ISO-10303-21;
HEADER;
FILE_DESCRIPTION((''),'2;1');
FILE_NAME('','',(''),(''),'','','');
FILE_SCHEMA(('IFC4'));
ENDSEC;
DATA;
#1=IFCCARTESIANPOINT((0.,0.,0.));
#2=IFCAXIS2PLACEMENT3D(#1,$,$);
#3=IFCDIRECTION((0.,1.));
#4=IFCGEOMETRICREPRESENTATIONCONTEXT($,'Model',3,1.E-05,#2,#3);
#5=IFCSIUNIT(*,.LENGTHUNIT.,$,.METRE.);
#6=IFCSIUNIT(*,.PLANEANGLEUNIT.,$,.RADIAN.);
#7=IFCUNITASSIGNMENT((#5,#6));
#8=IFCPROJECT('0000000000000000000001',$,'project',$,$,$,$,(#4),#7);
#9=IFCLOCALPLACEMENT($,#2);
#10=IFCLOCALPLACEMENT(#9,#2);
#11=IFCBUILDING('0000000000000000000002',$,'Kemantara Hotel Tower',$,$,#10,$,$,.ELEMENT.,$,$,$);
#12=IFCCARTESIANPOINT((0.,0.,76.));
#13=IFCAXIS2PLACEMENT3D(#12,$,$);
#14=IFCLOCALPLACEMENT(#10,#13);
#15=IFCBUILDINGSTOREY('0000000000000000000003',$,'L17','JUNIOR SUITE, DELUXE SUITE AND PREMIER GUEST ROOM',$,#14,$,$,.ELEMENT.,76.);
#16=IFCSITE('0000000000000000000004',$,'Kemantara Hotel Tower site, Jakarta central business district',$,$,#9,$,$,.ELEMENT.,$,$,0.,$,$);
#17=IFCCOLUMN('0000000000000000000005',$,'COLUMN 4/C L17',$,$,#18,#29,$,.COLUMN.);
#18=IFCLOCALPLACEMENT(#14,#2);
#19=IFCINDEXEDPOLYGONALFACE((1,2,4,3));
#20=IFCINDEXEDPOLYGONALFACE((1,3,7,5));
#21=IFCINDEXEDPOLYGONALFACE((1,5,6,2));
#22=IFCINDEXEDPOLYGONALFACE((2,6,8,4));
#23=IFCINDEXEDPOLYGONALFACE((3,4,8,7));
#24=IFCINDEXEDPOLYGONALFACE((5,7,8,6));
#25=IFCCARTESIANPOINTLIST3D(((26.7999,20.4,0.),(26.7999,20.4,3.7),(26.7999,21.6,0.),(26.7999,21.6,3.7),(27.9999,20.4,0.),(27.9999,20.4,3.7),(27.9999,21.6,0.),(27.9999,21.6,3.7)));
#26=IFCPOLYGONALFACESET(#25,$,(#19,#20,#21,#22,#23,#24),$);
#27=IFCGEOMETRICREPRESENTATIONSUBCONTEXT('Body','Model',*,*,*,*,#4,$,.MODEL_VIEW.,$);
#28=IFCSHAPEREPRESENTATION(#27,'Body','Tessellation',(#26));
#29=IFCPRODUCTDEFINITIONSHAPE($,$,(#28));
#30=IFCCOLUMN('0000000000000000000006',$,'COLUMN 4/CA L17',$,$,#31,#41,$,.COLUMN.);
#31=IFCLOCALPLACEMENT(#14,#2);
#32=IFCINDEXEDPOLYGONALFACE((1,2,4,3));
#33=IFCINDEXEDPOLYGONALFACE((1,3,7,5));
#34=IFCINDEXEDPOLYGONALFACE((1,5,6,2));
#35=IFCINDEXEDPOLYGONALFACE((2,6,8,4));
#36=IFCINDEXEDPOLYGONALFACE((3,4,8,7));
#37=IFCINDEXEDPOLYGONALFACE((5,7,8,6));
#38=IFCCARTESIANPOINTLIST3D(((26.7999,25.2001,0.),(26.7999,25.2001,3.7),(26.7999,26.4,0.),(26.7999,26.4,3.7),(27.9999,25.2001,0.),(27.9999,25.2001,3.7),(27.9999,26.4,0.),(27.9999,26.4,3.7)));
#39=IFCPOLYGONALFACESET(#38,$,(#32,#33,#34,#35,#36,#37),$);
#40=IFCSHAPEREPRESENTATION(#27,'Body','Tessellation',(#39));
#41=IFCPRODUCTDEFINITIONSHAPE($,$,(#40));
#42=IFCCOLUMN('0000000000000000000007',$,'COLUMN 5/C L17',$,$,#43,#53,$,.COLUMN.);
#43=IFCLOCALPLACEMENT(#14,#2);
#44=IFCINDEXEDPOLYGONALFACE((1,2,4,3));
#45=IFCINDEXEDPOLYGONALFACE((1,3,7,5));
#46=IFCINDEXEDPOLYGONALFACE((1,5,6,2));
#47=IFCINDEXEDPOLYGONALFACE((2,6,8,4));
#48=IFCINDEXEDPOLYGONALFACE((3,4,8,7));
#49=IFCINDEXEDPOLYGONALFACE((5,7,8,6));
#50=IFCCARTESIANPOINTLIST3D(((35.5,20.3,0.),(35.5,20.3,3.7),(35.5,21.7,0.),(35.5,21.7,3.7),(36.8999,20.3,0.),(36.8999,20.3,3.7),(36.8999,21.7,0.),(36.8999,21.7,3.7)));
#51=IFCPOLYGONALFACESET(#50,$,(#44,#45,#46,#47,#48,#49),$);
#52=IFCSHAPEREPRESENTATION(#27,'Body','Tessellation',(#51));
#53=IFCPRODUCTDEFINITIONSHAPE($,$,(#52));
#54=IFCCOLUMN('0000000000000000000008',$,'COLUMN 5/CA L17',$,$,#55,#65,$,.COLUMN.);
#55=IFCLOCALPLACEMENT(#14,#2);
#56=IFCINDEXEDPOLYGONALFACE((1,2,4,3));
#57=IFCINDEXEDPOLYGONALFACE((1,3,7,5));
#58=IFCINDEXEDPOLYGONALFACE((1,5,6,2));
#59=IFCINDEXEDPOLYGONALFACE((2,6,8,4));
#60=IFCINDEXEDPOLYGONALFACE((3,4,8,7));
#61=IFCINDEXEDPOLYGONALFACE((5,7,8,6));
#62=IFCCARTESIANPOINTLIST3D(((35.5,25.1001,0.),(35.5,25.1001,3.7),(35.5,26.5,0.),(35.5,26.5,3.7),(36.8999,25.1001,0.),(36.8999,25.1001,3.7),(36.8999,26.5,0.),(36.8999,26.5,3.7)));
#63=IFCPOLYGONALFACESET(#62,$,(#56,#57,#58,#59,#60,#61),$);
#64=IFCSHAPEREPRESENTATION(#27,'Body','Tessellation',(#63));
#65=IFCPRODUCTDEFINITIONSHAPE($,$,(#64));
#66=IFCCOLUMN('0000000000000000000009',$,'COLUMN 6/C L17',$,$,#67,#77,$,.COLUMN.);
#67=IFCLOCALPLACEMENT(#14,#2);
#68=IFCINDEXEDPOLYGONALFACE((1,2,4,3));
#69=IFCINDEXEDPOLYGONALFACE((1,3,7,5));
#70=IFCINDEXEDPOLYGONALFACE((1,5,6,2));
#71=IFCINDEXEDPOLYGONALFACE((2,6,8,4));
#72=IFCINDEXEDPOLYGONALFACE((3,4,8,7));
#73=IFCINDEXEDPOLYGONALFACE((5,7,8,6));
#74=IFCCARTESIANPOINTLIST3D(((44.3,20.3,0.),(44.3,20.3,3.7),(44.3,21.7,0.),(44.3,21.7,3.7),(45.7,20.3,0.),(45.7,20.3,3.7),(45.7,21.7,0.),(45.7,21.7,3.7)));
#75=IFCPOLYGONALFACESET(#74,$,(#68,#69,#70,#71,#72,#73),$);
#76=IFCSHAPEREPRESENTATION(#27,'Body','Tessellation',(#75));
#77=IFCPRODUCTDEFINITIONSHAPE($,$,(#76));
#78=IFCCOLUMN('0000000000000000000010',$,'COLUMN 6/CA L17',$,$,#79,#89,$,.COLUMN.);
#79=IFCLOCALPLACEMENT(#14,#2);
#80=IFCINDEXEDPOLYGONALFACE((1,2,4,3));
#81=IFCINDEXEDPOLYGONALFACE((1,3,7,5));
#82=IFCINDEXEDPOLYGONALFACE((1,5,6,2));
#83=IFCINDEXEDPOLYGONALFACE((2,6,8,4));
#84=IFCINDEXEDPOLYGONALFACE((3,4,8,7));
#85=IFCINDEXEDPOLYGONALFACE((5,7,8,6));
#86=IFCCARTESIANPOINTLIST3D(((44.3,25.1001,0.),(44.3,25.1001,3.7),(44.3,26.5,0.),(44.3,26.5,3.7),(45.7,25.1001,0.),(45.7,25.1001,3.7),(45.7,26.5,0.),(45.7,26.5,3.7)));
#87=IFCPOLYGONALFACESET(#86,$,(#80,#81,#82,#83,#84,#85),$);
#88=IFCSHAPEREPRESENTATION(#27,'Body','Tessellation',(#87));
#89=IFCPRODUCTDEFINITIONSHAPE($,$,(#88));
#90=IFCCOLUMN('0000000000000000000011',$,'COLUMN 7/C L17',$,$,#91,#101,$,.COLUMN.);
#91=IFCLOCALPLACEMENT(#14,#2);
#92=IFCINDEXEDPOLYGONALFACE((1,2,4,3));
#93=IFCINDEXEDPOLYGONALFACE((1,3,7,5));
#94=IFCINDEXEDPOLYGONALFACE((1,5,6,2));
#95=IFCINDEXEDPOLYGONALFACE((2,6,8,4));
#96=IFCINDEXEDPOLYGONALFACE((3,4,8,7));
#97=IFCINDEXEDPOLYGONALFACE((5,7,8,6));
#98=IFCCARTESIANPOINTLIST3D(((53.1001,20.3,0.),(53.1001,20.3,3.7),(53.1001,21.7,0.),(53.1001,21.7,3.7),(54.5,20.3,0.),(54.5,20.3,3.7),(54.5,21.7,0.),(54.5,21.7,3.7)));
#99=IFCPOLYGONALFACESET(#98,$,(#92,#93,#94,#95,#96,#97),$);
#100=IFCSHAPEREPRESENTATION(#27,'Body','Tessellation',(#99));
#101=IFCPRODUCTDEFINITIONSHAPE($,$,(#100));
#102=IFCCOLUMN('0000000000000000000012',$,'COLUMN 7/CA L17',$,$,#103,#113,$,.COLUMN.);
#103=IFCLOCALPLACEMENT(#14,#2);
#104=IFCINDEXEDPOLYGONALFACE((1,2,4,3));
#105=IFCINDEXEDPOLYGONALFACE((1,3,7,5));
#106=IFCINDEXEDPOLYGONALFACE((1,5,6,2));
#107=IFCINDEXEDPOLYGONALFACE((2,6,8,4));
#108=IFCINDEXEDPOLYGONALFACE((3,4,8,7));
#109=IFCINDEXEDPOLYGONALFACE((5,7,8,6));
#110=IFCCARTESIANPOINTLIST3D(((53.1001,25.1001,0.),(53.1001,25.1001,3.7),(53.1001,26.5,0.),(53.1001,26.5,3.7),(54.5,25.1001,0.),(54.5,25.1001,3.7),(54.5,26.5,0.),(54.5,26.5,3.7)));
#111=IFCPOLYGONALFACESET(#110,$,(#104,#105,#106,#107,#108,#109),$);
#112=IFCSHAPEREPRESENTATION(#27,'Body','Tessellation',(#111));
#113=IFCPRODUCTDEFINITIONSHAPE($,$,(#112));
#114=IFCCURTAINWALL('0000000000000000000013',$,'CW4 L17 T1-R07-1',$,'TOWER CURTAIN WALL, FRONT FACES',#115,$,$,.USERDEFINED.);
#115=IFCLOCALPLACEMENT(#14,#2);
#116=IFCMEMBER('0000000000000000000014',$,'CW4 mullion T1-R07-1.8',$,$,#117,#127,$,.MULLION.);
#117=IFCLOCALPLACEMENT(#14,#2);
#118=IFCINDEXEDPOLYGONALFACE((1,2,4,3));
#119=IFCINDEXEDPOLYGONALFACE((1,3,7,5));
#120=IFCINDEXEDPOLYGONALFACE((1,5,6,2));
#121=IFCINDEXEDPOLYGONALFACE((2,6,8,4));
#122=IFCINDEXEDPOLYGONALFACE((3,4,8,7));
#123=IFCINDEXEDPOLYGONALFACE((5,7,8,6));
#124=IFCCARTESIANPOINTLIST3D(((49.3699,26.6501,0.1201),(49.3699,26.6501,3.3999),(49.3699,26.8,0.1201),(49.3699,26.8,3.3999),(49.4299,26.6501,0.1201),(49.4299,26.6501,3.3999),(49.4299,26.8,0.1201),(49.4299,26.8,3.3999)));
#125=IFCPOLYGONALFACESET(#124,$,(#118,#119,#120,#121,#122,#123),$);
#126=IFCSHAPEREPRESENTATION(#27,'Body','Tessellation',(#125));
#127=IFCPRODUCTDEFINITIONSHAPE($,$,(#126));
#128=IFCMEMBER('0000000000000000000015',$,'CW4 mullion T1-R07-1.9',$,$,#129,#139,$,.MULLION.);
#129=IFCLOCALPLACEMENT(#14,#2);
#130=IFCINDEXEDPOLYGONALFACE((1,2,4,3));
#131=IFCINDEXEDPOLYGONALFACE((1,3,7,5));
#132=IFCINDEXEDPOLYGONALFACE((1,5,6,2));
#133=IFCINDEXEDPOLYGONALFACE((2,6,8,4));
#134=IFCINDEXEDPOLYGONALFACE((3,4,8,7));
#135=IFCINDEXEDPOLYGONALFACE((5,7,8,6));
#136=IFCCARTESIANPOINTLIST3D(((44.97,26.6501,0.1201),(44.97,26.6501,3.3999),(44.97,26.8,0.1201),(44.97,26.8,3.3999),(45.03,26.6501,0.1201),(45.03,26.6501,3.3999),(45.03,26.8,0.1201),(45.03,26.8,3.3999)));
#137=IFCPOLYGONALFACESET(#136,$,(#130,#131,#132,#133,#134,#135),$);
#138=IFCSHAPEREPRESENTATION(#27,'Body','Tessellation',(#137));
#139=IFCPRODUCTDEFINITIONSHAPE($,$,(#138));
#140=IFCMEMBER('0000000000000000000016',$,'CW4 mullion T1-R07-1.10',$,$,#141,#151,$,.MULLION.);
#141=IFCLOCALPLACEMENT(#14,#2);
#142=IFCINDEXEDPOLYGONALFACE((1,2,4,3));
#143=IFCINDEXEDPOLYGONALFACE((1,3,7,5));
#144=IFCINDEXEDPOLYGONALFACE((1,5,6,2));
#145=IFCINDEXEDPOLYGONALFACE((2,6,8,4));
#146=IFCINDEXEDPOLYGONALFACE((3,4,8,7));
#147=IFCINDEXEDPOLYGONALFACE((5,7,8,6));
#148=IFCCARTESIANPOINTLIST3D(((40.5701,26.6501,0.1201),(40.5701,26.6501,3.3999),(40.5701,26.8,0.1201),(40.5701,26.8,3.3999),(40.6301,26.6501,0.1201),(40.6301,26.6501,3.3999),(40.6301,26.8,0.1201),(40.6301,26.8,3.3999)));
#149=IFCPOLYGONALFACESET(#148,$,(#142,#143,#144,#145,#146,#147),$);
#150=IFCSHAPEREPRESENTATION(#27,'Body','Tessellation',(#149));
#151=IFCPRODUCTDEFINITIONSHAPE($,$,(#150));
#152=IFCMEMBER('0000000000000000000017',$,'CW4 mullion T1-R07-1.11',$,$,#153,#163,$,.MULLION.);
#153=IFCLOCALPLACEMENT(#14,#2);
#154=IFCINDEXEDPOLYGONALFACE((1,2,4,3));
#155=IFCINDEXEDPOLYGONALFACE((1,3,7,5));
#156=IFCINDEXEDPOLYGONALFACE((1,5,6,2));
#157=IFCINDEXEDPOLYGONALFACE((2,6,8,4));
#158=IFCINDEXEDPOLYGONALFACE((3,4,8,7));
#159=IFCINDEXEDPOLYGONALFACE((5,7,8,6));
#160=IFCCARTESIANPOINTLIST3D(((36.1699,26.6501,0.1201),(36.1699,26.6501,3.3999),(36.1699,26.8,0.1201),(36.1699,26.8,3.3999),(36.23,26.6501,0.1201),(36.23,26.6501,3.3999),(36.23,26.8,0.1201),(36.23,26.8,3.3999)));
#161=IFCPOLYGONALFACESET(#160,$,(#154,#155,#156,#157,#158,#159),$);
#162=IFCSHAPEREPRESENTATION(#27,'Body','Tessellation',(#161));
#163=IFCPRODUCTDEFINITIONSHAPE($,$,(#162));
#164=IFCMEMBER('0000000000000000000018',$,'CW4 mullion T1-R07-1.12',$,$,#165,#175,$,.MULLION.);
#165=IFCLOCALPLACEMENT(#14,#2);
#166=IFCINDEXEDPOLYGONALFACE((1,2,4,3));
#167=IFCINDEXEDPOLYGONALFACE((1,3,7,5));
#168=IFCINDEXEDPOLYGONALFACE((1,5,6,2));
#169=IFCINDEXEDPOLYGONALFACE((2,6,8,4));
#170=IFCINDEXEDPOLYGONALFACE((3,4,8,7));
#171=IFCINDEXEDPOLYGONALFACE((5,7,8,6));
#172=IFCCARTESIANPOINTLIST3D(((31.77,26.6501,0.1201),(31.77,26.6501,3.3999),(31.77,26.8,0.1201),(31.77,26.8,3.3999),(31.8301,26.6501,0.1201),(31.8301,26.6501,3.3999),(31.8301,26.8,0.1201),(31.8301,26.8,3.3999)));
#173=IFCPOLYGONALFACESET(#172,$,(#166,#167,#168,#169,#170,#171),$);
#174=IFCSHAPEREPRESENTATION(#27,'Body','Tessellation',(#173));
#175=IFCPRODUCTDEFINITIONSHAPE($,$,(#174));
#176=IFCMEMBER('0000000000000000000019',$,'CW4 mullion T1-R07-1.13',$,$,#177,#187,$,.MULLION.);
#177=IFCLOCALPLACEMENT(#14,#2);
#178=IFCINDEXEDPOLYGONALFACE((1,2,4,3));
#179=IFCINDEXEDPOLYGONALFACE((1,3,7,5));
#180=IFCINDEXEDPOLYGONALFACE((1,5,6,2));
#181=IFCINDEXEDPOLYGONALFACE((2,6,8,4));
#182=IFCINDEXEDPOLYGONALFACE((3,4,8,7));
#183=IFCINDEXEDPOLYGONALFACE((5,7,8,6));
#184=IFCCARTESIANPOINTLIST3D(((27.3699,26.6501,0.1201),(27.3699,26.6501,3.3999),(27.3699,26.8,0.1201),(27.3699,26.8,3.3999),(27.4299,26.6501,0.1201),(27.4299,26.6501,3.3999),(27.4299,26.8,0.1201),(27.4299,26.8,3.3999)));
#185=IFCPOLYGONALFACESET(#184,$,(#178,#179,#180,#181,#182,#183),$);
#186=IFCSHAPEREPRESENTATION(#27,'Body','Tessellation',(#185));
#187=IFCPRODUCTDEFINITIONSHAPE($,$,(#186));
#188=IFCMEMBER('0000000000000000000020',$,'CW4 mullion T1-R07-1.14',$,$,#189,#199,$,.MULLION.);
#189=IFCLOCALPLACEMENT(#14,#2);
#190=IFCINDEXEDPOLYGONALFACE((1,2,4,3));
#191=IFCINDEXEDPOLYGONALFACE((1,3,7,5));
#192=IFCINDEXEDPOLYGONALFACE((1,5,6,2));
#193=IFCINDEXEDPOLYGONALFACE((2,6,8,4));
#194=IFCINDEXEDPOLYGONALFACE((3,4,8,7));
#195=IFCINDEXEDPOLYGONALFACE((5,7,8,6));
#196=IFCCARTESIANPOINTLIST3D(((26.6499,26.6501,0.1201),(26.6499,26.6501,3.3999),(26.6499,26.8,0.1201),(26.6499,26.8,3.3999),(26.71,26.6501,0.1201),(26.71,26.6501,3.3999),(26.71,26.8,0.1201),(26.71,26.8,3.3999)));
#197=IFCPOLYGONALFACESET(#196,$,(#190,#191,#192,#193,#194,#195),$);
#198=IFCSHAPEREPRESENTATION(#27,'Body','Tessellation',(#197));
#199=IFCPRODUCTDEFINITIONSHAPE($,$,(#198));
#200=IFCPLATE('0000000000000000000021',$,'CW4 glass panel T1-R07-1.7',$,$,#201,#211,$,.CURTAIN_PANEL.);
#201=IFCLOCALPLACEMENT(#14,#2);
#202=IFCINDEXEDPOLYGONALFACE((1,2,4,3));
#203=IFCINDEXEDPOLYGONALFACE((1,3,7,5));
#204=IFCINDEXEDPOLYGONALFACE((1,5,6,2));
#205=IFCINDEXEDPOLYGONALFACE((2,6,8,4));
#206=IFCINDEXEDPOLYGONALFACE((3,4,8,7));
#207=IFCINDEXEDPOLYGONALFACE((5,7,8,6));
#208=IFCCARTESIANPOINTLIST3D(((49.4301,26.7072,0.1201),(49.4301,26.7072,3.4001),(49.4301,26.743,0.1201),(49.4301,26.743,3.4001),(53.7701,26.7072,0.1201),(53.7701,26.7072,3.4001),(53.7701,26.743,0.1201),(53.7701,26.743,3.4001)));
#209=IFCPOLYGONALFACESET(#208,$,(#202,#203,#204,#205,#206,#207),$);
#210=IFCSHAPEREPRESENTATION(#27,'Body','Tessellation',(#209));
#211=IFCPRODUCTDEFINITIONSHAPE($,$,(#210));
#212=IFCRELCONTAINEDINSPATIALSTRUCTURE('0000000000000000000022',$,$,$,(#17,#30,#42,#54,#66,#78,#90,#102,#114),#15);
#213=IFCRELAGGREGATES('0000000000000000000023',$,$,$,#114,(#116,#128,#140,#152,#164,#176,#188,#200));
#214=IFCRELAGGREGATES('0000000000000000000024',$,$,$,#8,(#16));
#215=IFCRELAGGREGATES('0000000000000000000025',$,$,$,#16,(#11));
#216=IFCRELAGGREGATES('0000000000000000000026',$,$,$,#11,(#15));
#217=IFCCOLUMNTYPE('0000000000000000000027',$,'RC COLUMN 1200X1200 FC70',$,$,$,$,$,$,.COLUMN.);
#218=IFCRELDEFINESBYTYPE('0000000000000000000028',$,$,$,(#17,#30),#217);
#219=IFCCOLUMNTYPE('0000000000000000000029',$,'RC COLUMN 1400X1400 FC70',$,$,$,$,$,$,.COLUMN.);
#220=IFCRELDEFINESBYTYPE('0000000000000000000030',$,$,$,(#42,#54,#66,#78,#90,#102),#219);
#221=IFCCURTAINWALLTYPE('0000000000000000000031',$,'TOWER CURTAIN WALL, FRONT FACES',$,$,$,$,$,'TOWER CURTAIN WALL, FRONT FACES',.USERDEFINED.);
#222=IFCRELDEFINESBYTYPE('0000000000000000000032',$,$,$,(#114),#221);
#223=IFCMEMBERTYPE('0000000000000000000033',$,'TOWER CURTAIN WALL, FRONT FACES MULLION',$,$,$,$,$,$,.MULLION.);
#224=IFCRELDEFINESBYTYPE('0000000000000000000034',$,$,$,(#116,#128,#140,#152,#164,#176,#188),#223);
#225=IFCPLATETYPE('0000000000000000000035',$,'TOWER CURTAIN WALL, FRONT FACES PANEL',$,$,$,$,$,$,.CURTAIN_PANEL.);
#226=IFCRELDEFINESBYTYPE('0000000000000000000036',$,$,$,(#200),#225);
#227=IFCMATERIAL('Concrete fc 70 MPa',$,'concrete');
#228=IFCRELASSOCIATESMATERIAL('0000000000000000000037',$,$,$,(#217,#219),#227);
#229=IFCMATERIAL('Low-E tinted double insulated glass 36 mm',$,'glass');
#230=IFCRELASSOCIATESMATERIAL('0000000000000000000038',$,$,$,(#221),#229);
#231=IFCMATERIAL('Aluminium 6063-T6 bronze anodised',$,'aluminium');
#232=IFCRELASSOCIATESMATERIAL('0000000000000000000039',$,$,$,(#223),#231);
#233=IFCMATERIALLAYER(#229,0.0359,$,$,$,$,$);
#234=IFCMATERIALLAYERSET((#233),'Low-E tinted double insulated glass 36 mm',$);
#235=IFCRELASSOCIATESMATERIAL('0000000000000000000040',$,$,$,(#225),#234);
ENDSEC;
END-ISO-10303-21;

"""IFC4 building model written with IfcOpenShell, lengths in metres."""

from ifc_helpers import new_model, si_unit, direction, frame, origin, origin_2d, place, context, subcontext, project, spatial, rectangle, extrude, source, transform, mapped, material, layer, layer_set, material_profile, profile_set, type_object, element, aggregate, save


model = new_model("IFC4")

# Units and contexts
model_context = context("Model", 3, precision=1e-05, world=origin(), true_north=direction((0.0, 1.0)))
body_context = subcontext(model_context, "Body", "Model", "MODEL_VIEW")
ifc_project = project(units=[si_unit("LENGTHUNIT", "METRE"), si_unit("PLANEANGLEUNIT", "RADIAN")], contexts=[model_context])

# Site, building, storey
site_placement = place(None, origin())
site = spatial("IfcSite", under=ifc_project, at=site_placement, Name="Kemantara Hotel Tower site, Jakarta central business district", CompositionType="ELEMENT", RefElevation=0.0)
building_placement = place(site_placement, origin())
building = spatial("IfcBuilding", under=site, at=building_placement, Name="Kemantara Hotel Tower", CompositionType="ELEMENT")
storey_placement = place(building_placement, frame((0.0, 0.0, 76.0)))
storey = spatial("IfcBuildingStorey", under=building, at=storey_placement, Name="L17", Description="JUNIOR SUITE, DELUXE SUITE AND PREMIER GUEST ROOM", CompositionType="ELEMENT", Elevation=76.0)

# Columns
ifc_material_1 = material(Name="Concrete fc 70 MPa", Category="concrete")
ifc_material_profile_1 = material_profile(ifc_material_1, rectangle(XDim=1.2, YDim=1.2, at=origin_2d()), Name="RC 1200X1200")
ifc_profile_set_1 = profile_set([ifc_material_profile_1], Name="Concrete fc 70 MPa")
column_type_1 = type_object("IfcColumnType", Name="RC COLUMN 1200X1200 FC70", PredefinedType="COLUMN", material=ifc_profile_set_1)
for number, where, z_axis, x_axis, name in (
    (1, (27.3999, 21.0, 0.0), (0.0, 0.0, 1.0), (1.0, 0.0, 0.0), "COLUMN 4/C L17"),
    (2, (27.3999, 25.8, 0.0), (0.0, 0.0, 1.0), (1.0, 0.0, 0.0), "COLUMN 4/CA L17"),
):
    element("IfcColumn", number, at=place(storey_placement, frame(where, z_axis=z_axis, x_axis=x_axis)), inside=storey, type_object=column_type_1, Name=name, PredefinedType="COLUMN", context=body_context, shape_type="SweptSolid", body=[
        extrude(rectangle(XDim=1.2, YDim=1.2, at=origin_2d()), origin(), (0.0, 0.0, 1.0), 3.7),
    ])
ifc_material_profile_2 = material_profile(ifc_material_1, rectangle(XDim=1.3999, YDim=1.3999, at=origin_2d()), Name="RC 1400X1400")
ifc_profile_set_2 = profile_set([ifc_material_profile_2], Name="Concrete fc 70 MPa")
column_type_2 = type_object("IfcColumnType", Name="RC COLUMN 1400X1400 FC70", PredefinedType="COLUMN", material=ifc_profile_set_2)
for number, where, z_axis, x_axis, name in (
    (3, (36.2, 21.0, 0.0), (0.0, 0.0, 1.0), (1.0, 0.0, 0.0), "COLUMN 5/C L17"),
    (4, (36.2, 25.8, 0.0), (0.0, 0.0, 1.0), (1.0, 0.0, 0.0), "COLUMN 5/CA L17"),
    (5, (45.0, 21.0, 0.0), (0.0, 0.0, 1.0), (1.0, 0.0, 0.0), "COLUMN 6/C L17"),
    (6, (45.0, 25.8, 0.0), (0.0, 0.0, 1.0), (1.0, 0.0, 0.0), "COLUMN 6/CA L17"),
    (7, (53.8, 21.0, 0.0), (0.0, 0.0, 1.0), (1.0, 0.0, 0.0), "COLUMN 7/C L17"),
    (8, (53.8, 25.8, 0.0), (0.0, 0.0, 1.0), (1.0, 0.0, 0.0), "COLUMN 7/CA L17"),
):
    element("IfcColumn", number, at=place(storey_placement, frame(where, z_axis=z_axis, x_axis=x_axis)), inside=storey, type_object=column_type_2, Name=name, PredefinedType="COLUMN", context=body_context, shape_type="SweptSolid", body=[
        extrude(rectangle(XDim=1.3999, YDim=1.3999, at=origin_2d()), origin(), (0.0, 0.0, 1.0), 3.7),
    ])

# Curtain wall, members, plate
ifc_material_2 = material(Name="Low-E tinted double insulated glass 36 mm", Category="glass")
curtain_wall_type = type_object("IfcCurtainWallType", Name="TOWER CURTAIN WALL, FRONT FACES", ElementType="TOWER CURTAIN WALL, FRONT FACES", PredefinedType="USERDEFINED", material=ifc_material_2)
curtain_wall_placement = place(storey_placement, origin())
curtain_wall = element("IfcCurtainWall", 9, at=curtain_wall_placement, inside=storey, type_object=curtain_wall_type, Name="CW4 L17 T1-R07-1", ObjectType="TOWER CURTAIN WALL, FRONT FACES", PredefinedType="USERDEFINED")
ifc_material_3 = material(Name="Aluminium 6063-T6 bronze anodised", Category="aluminium")
ifc_material_profile_3 = material_profile(ifc_material_3, rectangle(XDim=0.1499, YDim=0.0601, at=origin_2d()), Name="TOWER CURTAIN WALL, FRONT FACES MULLION")
ifc_profile_set_3 = profile_set([ifc_material_profile_3], Name="Aluminium 6063-T6 bronze anodised")
member_type = type_object("IfcMemberType", Name="TOWER CURTAIN WALL, FRONT FACES MULLION", PredefinedType="MULLION", material=ifc_profile_set_3)
shared_shape_1 = source(origin(), body_context, "Body", "SweptSolid", [
    extrude(rectangle(XDim=0.1499, YDim=0.0601, at=origin_2d()), origin(), (0.0, 0.0, 1.0), 3.2798),
])
member_1_placement = place(storey_placement, frame((49.3999, 26.7251, 0.1201), z_axis=(0.0, 0.0, 1.0), x_axis=(0.0, -1.0, 0.0)))
member_1 = element("IfcMember", 10, at=member_1_placement, type_object=member_type, Name="CW4 mullion T1-R07-1.8", PredefinedType="MULLION", context=body_context, shape_type="MappedRepresentation", body=[
    mapped(shared_shape_1, transform((0.0, 0.0, 0.0))),
])
member_2_placement = place(storey_placement, frame((45.0, 26.7251, 0.1201), z_axis=(0.0, 0.0, 1.0), x_axis=(0.0, -1.0, 0.0)))
member_2 = element("IfcMember", 11, at=member_2_placement, type_object=member_type, Name="CW4 mullion T1-R07-1.9", PredefinedType="MULLION", context=body_context, shape_type="MappedRepresentation", body=[
    mapped(shared_shape_1, transform((0.0, 0.0, 0.0))),
])
member_3_placement = place(storey_placement, frame((40.6001, 26.7251, 0.1201), z_axis=(0.0, 0.0, 1.0), x_axis=(0.0, -1.0, 0.0)))
member_3 = element("IfcMember", 12, at=member_3_placement, type_object=member_type, Name="CW4 mullion T1-R07-1.10", PredefinedType="MULLION", context=body_context, shape_type="MappedRepresentation", body=[
    mapped(shared_shape_1, transform((0.0, 0.0, 0.0))),
])
member_4_placement = place(storey_placement, frame((36.2, 26.7251, 0.1201), z_axis=(0.0, 0.0, 1.0), x_axis=(0.0, -1.0, 0.0)))
member_4 = element("IfcMember", 13, at=member_4_placement, type_object=member_type, Name="CW4 mullion T1-R07-1.11", PredefinedType="MULLION", context=body_context, shape_type="MappedRepresentation", body=[
    mapped(shared_shape_1, transform((0.0, 0.0, 0.0))),
])
member_5_placement = place(storey_placement, frame((31.8, 26.7251, 0.1201), z_axis=(0.0, 0.0, 1.0), x_axis=(0.0, -1.0, 0.0)))
member_5 = element("IfcMember", 14, at=member_5_placement, type_object=member_type, Name="CW4 mullion T1-R07-1.12", PredefinedType="MULLION", context=body_context, shape_type="MappedRepresentation", body=[
    mapped(shared_shape_1, transform((0.0, 0.0, 0.0))),
])
member_6_placement = place(storey_placement, frame((27.3999, 26.7251, 0.1201), z_axis=(0.0, 0.0, 1.0), x_axis=(0.0, -1.0, 0.0)))
member_6 = element("IfcMember", 15, at=member_6_placement, type_object=member_type, Name="CW4 mullion T1-R07-1.13", PredefinedType="MULLION", context=body_context, shape_type="MappedRepresentation", body=[
    mapped(shared_shape_1, transform((0.0, 0.0, 0.0))),
])
member_7_placement = place(storey_placement, frame((26.6799, 26.7251, 0.1201), z_axis=(0.0, 0.0, 1.0), x_axis=(0.0, -1.0, 0.0)))
member_7 = element("IfcMember", 16, at=member_7_placement, type_object=member_type, Name="CW4 mullion T1-R07-1.14", PredefinedType="MULLION", context=body_context, shape_type="MappedRepresentation", body=[
    mapped(shared_shape_1, transform((0.0, 0.0, 0.0))),
])
ifc_layer_1 = layer(ifc_material_2, 0.0359)
ifc_layer_set_1 = layer_set([ifc_layer_1], Name="Low-E tinted double insulated glass 36 mm")
plate_type = type_object("IfcPlateType", Name="TOWER CURTAIN WALL, FRONT FACES PANEL", PredefinedType="CURTAIN_PANEL", material=ifc_layer_set_1)
shared_shape_2 = source(origin(), body_context, "Body", "SweptSolid", [
    extrude(rectangle(XDim=4.3401, YDim=0.0359, at=origin_2d()), origin(), (0.0, 0.0, 1.0), 3.28),
])
plate_1_placement = place(storey_placement, frame((51.6001, 26.7251, 0.1201), z_axis=(0.0, 0.0, 1.0), x_axis=(-1.0, 0.0, 0.0)))
plate_1 = element("IfcPlate", 17, at=plate_1_placement, type_object=plate_type, Name="CW4 glass panel T1-R07-1.7", PredefinedType="CURTAIN_PANEL", context=body_context, shape_type="MappedRepresentation", body=[
    mapped(shared_shape_2, transform((0.0, 0.0, 0.0))),
])
aggregate(curtain_wall, [member_1, member_2, member_3, member_4, member_5, member_6, member_7, plate_1])

save(model, "model.ifc")
